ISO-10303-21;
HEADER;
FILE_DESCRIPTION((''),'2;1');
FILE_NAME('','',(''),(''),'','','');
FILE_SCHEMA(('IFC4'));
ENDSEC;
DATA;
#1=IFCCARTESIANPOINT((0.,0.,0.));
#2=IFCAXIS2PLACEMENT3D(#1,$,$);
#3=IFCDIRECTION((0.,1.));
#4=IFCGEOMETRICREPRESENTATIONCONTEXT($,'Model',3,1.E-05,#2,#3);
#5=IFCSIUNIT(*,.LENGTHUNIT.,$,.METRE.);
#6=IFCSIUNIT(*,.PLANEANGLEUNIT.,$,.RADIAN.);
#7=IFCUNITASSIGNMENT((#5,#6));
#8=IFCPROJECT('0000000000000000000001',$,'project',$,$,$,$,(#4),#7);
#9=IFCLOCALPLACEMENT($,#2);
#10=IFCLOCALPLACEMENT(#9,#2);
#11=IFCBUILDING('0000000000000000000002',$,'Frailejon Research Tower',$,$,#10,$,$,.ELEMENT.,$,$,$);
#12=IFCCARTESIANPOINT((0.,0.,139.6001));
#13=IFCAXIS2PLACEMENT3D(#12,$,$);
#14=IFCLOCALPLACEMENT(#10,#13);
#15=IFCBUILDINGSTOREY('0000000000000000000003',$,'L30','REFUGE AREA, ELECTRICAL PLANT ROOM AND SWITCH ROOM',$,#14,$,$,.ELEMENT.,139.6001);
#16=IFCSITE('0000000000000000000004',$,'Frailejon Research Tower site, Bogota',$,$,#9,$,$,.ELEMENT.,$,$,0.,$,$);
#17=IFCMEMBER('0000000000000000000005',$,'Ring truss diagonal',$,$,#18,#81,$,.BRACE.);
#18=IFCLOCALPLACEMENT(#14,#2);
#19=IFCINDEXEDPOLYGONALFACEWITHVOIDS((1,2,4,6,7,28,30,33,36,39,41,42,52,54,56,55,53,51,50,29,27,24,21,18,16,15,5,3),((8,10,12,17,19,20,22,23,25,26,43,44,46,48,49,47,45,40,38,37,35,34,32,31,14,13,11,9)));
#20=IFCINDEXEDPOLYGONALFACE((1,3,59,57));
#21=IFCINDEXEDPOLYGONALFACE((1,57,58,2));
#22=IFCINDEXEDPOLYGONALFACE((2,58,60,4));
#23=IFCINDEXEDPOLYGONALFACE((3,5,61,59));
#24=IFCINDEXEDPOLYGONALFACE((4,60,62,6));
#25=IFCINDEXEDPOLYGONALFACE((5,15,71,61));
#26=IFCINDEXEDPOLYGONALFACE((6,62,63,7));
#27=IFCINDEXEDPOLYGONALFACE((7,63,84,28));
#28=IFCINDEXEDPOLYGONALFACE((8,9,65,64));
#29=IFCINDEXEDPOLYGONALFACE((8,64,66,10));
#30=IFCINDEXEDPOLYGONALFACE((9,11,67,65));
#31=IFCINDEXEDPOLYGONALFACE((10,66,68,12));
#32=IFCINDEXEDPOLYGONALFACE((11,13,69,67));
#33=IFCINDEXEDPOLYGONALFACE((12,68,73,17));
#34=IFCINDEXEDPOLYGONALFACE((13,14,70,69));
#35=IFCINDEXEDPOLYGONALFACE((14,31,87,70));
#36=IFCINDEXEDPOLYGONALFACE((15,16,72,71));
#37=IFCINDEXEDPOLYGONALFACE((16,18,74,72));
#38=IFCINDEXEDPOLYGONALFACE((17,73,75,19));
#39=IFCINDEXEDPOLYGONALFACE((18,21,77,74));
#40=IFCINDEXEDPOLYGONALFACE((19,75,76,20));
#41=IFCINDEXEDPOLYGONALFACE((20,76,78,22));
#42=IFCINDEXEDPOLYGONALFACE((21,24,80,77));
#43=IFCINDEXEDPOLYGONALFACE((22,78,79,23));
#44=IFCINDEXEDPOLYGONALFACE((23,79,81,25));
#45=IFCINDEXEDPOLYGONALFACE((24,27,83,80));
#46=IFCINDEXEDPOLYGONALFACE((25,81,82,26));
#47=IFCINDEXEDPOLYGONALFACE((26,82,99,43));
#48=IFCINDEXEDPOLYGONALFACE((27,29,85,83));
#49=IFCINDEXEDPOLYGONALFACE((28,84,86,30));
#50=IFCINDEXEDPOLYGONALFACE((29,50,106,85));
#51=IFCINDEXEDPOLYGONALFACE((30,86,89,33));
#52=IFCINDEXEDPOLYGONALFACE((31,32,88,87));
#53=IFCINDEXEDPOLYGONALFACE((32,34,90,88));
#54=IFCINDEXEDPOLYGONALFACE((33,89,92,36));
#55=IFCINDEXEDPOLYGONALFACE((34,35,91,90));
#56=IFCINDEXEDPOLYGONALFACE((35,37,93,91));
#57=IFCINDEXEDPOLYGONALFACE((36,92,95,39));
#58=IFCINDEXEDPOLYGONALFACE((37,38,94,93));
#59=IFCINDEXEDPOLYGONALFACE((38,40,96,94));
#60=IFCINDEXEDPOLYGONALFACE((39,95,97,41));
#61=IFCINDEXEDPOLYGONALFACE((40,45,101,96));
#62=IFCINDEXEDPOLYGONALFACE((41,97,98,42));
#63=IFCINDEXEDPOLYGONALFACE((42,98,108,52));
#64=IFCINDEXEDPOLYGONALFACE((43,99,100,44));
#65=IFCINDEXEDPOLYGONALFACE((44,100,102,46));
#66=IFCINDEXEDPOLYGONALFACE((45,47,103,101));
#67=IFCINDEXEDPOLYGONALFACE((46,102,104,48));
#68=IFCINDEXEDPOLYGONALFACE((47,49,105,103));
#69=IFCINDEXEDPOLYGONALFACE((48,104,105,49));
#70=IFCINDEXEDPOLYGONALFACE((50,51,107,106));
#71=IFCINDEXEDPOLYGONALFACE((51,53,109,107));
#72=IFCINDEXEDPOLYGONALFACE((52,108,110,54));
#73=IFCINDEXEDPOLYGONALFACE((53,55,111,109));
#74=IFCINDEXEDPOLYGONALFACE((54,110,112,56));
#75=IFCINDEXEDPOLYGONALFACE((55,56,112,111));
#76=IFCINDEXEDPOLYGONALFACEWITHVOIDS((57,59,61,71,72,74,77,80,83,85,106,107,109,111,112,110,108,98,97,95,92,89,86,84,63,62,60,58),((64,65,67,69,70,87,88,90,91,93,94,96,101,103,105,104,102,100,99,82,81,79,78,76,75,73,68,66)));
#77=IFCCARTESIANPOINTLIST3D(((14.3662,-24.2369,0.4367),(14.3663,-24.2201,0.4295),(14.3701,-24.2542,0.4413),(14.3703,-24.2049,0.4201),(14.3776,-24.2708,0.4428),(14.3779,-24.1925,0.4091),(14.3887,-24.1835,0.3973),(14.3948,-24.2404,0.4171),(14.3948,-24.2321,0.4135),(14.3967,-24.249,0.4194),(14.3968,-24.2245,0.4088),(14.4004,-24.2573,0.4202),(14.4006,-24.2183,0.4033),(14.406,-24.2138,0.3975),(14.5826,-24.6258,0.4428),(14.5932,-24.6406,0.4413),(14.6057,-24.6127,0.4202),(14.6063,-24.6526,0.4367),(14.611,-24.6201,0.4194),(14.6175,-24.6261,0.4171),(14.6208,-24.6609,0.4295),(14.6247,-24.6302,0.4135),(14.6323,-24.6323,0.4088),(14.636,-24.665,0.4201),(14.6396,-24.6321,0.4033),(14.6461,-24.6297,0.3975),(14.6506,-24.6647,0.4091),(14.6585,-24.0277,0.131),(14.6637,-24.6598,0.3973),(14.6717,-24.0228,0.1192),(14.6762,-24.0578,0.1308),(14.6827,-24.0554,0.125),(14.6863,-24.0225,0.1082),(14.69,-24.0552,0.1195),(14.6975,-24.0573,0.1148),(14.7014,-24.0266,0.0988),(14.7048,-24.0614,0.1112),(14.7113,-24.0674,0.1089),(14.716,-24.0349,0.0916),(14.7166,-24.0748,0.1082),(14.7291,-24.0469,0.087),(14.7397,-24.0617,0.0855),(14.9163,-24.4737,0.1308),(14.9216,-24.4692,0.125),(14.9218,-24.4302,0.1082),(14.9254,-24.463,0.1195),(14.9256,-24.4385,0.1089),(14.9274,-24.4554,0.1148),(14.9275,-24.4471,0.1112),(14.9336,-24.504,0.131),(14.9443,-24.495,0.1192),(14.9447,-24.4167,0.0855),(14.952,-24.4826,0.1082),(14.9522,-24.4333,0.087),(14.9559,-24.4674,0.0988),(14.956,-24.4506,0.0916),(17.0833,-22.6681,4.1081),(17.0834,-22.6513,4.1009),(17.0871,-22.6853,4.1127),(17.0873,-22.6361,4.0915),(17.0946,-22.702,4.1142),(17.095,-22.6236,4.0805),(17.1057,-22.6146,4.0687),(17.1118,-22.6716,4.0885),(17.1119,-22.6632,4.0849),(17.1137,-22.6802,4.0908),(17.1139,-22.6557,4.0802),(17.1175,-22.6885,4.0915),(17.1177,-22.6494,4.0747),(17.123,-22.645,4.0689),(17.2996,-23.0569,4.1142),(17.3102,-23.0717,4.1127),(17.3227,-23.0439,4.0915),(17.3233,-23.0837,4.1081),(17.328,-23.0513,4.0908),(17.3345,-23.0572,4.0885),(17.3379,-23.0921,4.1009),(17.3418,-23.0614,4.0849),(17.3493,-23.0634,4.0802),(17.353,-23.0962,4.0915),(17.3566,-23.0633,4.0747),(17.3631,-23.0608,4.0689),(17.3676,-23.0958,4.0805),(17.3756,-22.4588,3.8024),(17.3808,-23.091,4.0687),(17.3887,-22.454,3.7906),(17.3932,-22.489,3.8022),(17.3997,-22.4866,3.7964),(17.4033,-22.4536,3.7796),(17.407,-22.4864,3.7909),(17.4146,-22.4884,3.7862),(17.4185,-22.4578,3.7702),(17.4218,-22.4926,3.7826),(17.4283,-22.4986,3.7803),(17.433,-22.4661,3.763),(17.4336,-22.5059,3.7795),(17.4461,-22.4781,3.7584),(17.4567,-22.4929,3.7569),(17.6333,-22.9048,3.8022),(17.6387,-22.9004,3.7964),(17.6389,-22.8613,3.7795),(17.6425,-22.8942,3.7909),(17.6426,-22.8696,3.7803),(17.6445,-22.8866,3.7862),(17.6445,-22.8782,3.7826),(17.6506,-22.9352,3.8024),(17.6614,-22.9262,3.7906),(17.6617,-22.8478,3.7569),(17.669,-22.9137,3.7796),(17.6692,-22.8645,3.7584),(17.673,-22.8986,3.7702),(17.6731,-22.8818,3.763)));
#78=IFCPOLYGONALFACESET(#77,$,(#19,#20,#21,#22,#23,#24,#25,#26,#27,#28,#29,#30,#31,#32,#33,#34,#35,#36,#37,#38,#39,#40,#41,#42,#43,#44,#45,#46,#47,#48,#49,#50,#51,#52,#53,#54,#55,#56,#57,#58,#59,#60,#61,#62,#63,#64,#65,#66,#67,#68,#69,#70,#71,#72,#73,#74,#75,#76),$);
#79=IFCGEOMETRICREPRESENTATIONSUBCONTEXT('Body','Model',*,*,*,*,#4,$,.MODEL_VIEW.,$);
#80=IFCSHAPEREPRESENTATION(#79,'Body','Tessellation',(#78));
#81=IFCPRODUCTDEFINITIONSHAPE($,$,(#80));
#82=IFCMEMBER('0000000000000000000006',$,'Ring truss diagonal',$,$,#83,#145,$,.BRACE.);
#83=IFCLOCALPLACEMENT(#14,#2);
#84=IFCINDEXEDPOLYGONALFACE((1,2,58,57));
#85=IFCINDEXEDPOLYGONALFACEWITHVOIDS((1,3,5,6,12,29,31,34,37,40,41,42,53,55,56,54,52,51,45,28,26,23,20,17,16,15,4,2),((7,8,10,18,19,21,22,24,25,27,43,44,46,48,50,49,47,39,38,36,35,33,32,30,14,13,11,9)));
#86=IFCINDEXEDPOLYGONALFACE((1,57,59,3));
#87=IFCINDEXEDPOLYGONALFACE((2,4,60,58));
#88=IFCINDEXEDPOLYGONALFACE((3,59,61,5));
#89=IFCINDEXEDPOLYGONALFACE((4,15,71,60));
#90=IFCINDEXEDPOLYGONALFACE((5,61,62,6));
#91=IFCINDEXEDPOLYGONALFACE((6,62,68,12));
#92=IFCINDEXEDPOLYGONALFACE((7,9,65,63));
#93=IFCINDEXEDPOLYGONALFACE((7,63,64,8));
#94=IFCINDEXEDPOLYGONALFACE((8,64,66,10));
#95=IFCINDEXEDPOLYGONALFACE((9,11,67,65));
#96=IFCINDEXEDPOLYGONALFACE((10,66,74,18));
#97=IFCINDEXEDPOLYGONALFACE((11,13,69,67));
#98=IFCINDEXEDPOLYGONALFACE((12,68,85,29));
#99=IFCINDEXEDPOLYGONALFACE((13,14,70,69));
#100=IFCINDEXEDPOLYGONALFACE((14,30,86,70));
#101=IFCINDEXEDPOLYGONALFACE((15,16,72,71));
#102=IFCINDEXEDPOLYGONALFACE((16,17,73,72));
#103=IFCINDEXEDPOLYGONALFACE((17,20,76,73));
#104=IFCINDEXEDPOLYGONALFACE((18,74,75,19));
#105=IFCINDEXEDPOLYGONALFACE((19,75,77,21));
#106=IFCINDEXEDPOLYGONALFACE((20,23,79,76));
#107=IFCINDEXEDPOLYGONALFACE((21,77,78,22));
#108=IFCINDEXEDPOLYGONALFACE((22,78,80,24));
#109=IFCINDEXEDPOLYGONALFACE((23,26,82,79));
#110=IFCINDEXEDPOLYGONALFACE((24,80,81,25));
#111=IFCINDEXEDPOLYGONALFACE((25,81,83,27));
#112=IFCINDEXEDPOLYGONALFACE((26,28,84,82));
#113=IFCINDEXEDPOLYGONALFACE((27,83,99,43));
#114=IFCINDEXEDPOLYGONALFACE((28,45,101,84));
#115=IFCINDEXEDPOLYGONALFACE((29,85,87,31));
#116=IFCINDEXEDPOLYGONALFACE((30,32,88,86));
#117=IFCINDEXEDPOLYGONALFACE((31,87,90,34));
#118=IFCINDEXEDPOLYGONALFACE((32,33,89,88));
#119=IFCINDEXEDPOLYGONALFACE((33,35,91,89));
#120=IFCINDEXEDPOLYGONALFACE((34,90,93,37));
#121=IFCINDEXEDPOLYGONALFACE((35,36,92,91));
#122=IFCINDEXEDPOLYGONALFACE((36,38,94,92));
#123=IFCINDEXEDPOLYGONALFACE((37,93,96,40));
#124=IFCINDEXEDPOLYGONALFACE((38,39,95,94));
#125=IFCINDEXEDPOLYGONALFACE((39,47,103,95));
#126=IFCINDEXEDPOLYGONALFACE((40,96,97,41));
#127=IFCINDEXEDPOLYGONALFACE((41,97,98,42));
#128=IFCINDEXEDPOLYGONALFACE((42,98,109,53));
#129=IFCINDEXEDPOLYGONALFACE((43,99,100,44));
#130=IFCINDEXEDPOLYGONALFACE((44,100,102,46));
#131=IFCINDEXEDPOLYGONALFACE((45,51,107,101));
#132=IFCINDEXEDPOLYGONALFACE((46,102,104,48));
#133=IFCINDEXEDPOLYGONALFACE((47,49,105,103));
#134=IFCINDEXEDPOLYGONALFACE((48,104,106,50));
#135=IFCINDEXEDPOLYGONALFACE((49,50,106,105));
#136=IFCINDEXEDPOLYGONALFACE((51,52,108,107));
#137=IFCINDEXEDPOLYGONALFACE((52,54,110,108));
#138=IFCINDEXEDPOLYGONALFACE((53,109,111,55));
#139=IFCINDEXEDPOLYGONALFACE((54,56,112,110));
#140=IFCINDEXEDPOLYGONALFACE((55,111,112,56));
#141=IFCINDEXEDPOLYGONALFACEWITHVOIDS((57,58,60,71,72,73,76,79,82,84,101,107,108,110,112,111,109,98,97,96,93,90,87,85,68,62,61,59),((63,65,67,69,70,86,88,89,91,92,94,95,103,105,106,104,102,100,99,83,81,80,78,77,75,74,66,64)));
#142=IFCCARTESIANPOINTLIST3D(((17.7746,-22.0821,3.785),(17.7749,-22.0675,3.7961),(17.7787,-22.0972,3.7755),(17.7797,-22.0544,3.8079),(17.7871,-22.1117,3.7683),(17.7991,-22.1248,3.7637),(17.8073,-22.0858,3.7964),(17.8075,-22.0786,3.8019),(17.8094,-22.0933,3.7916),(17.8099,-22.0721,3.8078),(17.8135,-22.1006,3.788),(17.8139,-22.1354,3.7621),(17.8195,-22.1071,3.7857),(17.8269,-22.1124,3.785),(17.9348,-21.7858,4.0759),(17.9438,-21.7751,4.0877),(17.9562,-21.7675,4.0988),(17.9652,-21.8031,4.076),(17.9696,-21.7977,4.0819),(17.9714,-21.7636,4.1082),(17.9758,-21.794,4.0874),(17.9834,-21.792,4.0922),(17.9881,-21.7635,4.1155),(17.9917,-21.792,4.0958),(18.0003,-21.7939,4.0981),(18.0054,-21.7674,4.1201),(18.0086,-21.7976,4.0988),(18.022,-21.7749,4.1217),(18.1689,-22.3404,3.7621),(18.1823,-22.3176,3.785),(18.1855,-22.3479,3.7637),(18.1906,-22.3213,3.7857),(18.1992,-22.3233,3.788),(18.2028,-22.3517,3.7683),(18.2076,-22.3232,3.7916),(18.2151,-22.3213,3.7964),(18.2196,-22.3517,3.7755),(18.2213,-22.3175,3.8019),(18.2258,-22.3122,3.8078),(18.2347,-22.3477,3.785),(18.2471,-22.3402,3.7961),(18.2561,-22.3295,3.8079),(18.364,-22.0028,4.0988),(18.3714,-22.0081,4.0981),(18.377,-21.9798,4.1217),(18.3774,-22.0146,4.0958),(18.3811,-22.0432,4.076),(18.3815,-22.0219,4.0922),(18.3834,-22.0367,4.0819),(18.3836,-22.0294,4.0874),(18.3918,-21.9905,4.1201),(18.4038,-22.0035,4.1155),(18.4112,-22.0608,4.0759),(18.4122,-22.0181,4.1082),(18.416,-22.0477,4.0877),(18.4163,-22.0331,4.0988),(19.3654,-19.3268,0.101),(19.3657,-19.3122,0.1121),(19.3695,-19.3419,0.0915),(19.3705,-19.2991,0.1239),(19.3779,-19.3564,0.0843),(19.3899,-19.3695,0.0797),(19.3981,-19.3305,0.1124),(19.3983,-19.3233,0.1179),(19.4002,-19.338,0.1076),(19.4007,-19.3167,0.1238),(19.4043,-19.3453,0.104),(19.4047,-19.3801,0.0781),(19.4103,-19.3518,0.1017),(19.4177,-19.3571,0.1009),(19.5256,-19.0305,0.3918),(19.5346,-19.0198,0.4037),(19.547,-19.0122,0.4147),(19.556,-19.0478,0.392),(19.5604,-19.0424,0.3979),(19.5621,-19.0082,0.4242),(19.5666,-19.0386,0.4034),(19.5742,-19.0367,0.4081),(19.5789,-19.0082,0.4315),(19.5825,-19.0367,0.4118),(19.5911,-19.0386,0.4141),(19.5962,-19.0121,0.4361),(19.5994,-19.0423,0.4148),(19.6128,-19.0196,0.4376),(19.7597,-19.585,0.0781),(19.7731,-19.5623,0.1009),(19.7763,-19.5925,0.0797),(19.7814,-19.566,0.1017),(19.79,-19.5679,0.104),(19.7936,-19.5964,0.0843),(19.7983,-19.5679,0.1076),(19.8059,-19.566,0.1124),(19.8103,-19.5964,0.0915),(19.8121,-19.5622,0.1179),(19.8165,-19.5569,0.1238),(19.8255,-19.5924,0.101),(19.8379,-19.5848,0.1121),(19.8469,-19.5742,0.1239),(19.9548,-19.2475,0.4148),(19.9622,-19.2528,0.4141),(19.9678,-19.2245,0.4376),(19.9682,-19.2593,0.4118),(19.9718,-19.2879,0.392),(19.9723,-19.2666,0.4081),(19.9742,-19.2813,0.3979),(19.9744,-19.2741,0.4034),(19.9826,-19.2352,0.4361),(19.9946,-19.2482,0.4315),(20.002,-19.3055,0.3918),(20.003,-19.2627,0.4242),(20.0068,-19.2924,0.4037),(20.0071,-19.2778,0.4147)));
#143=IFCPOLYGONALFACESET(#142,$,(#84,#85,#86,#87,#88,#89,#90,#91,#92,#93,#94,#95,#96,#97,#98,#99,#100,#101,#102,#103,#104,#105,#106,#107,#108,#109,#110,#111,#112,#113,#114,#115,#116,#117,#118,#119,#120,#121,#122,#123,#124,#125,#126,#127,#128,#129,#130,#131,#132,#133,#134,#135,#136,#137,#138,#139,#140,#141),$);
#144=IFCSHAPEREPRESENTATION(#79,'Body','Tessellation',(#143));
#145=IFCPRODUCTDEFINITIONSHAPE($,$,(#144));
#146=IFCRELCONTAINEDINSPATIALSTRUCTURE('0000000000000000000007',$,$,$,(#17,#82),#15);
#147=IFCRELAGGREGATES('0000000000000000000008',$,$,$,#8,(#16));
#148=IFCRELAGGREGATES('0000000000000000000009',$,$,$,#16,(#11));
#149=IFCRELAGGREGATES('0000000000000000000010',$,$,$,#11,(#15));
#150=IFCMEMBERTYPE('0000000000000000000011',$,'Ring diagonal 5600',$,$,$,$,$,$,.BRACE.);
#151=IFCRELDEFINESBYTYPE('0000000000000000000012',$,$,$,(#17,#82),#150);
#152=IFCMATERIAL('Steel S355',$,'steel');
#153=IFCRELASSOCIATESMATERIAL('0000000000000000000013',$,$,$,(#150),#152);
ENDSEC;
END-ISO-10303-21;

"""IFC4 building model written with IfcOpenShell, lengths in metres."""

from ifc_helpers import new_model, si_unit, direction, frame, origin, origin_2d, place, context, subcontext, project, spatial, hollow_rectangle, extrude, material, material_profile, profile_set, type_object, element, save


model = new_model("IFC4")

# Units and contexts
model_context = context("Model", 3, precision=1e-05, world=origin(), true_north=direction((0.0, 1.0)))
body_context = subcontext(model_context, "Body", "Model", "MODEL_VIEW")
ifc_project = project(units=[si_unit("LENGTHUNIT", "METRE"), si_unit("PLANEANGLEUNIT", "RADIAN")], contexts=[model_context])

# Site, building, storey
site_placement = place(None, origin())
site = spatial("IfcSite", under=ifc_project, at=site_placement, Name="Frailejon Research Tower site, Bogota", CompositionType="ELEMENT", RefElevation=0.0)
building_placement = place(site_placement, origin())
building = spatial("IfcBuilding", under=site, at=building_placement, Name="Frailejon Research Tower", CompositionType="ELEMENT")
storey_placement = place(building_placement, frame((0.0, 0.0, 139.6001)))
storey = spatial("IfcBuildingStorey", under=building, at=storey_placement, Name="L30", Description="REFUGE AREA, ELECTRICAL PLANT ROOM AND SWITCH ROOM", CompositionType="ELEMENT", Elevation=139.6001)

# Members
ifc_material_1 = material(Name="Steel S355", Category="steel")
ifc_material_profile_1 = material_profile(ifc_material_1, hollow_rectangle(XDim=0.55, YDim=0.55, WallThickness=0.0349, InnerFilletRadius=0.0349, OuterFilletRadius=0.0701, at=origin_2d()), Name="Ring diagonal 5600")
ifc_profile_set_1 = profile_set([ifc_material_profile_1], Name="Steel S355")
member_type = type_object("IfcMemberType", Name="Ring diagonal 5600", PredefinedType="BRACE", material=ifc_profile_set_1)
member_1_placement = place(storey_placement, frame((14.6611, -24.3438, 0.2642), z_axis=(0.562609, 0.324857, 0.760223), x_axis=(-0.500039, 0.866003, 0.0)))
element("IfcMember", 1, at=member_1_placement, inside=storey, type_object=member_type, Name="Ring truss diagonal", PredefinedType="BRACE", context=body_context, shape_type="SweptSolid", body=[
    extrude(hollow_rectangle(XDim=0.55, YDim=0.55, WallThickness=0.0349, InnerFilletRadius=0.0349, OuterFilletRadius=0.0701, at=origin_2d()), origin(), (0.0, 0.0, 1.0), 4.8293),
])
member_2_placement = place(storey_placement, frame((18.0955, -22.0576, 3.9419), z_axis=(0.326806, 0.566043, -0.756831), x_axis=(-0.866025, 0.500001, 0.0)))
element("IfcMember", 2, at=member_2_placement, inside=storey, type_object=member_type, Name="Ring truss diagonal", PredefinedType="BRACE", context=body_context, shape_type="SweptSolid", body=[
    extrude(hollow_rectangle(XDim=0.55, YDim=0.55, WallThickness=0.0349, InnerFilletRadius=0.0349, OuterFilletRadius=0.0701, at=origin_2d()), origin(), (0.0, 0.0, 1.0), 4.8677),
])

save(model, "model.ifc")
